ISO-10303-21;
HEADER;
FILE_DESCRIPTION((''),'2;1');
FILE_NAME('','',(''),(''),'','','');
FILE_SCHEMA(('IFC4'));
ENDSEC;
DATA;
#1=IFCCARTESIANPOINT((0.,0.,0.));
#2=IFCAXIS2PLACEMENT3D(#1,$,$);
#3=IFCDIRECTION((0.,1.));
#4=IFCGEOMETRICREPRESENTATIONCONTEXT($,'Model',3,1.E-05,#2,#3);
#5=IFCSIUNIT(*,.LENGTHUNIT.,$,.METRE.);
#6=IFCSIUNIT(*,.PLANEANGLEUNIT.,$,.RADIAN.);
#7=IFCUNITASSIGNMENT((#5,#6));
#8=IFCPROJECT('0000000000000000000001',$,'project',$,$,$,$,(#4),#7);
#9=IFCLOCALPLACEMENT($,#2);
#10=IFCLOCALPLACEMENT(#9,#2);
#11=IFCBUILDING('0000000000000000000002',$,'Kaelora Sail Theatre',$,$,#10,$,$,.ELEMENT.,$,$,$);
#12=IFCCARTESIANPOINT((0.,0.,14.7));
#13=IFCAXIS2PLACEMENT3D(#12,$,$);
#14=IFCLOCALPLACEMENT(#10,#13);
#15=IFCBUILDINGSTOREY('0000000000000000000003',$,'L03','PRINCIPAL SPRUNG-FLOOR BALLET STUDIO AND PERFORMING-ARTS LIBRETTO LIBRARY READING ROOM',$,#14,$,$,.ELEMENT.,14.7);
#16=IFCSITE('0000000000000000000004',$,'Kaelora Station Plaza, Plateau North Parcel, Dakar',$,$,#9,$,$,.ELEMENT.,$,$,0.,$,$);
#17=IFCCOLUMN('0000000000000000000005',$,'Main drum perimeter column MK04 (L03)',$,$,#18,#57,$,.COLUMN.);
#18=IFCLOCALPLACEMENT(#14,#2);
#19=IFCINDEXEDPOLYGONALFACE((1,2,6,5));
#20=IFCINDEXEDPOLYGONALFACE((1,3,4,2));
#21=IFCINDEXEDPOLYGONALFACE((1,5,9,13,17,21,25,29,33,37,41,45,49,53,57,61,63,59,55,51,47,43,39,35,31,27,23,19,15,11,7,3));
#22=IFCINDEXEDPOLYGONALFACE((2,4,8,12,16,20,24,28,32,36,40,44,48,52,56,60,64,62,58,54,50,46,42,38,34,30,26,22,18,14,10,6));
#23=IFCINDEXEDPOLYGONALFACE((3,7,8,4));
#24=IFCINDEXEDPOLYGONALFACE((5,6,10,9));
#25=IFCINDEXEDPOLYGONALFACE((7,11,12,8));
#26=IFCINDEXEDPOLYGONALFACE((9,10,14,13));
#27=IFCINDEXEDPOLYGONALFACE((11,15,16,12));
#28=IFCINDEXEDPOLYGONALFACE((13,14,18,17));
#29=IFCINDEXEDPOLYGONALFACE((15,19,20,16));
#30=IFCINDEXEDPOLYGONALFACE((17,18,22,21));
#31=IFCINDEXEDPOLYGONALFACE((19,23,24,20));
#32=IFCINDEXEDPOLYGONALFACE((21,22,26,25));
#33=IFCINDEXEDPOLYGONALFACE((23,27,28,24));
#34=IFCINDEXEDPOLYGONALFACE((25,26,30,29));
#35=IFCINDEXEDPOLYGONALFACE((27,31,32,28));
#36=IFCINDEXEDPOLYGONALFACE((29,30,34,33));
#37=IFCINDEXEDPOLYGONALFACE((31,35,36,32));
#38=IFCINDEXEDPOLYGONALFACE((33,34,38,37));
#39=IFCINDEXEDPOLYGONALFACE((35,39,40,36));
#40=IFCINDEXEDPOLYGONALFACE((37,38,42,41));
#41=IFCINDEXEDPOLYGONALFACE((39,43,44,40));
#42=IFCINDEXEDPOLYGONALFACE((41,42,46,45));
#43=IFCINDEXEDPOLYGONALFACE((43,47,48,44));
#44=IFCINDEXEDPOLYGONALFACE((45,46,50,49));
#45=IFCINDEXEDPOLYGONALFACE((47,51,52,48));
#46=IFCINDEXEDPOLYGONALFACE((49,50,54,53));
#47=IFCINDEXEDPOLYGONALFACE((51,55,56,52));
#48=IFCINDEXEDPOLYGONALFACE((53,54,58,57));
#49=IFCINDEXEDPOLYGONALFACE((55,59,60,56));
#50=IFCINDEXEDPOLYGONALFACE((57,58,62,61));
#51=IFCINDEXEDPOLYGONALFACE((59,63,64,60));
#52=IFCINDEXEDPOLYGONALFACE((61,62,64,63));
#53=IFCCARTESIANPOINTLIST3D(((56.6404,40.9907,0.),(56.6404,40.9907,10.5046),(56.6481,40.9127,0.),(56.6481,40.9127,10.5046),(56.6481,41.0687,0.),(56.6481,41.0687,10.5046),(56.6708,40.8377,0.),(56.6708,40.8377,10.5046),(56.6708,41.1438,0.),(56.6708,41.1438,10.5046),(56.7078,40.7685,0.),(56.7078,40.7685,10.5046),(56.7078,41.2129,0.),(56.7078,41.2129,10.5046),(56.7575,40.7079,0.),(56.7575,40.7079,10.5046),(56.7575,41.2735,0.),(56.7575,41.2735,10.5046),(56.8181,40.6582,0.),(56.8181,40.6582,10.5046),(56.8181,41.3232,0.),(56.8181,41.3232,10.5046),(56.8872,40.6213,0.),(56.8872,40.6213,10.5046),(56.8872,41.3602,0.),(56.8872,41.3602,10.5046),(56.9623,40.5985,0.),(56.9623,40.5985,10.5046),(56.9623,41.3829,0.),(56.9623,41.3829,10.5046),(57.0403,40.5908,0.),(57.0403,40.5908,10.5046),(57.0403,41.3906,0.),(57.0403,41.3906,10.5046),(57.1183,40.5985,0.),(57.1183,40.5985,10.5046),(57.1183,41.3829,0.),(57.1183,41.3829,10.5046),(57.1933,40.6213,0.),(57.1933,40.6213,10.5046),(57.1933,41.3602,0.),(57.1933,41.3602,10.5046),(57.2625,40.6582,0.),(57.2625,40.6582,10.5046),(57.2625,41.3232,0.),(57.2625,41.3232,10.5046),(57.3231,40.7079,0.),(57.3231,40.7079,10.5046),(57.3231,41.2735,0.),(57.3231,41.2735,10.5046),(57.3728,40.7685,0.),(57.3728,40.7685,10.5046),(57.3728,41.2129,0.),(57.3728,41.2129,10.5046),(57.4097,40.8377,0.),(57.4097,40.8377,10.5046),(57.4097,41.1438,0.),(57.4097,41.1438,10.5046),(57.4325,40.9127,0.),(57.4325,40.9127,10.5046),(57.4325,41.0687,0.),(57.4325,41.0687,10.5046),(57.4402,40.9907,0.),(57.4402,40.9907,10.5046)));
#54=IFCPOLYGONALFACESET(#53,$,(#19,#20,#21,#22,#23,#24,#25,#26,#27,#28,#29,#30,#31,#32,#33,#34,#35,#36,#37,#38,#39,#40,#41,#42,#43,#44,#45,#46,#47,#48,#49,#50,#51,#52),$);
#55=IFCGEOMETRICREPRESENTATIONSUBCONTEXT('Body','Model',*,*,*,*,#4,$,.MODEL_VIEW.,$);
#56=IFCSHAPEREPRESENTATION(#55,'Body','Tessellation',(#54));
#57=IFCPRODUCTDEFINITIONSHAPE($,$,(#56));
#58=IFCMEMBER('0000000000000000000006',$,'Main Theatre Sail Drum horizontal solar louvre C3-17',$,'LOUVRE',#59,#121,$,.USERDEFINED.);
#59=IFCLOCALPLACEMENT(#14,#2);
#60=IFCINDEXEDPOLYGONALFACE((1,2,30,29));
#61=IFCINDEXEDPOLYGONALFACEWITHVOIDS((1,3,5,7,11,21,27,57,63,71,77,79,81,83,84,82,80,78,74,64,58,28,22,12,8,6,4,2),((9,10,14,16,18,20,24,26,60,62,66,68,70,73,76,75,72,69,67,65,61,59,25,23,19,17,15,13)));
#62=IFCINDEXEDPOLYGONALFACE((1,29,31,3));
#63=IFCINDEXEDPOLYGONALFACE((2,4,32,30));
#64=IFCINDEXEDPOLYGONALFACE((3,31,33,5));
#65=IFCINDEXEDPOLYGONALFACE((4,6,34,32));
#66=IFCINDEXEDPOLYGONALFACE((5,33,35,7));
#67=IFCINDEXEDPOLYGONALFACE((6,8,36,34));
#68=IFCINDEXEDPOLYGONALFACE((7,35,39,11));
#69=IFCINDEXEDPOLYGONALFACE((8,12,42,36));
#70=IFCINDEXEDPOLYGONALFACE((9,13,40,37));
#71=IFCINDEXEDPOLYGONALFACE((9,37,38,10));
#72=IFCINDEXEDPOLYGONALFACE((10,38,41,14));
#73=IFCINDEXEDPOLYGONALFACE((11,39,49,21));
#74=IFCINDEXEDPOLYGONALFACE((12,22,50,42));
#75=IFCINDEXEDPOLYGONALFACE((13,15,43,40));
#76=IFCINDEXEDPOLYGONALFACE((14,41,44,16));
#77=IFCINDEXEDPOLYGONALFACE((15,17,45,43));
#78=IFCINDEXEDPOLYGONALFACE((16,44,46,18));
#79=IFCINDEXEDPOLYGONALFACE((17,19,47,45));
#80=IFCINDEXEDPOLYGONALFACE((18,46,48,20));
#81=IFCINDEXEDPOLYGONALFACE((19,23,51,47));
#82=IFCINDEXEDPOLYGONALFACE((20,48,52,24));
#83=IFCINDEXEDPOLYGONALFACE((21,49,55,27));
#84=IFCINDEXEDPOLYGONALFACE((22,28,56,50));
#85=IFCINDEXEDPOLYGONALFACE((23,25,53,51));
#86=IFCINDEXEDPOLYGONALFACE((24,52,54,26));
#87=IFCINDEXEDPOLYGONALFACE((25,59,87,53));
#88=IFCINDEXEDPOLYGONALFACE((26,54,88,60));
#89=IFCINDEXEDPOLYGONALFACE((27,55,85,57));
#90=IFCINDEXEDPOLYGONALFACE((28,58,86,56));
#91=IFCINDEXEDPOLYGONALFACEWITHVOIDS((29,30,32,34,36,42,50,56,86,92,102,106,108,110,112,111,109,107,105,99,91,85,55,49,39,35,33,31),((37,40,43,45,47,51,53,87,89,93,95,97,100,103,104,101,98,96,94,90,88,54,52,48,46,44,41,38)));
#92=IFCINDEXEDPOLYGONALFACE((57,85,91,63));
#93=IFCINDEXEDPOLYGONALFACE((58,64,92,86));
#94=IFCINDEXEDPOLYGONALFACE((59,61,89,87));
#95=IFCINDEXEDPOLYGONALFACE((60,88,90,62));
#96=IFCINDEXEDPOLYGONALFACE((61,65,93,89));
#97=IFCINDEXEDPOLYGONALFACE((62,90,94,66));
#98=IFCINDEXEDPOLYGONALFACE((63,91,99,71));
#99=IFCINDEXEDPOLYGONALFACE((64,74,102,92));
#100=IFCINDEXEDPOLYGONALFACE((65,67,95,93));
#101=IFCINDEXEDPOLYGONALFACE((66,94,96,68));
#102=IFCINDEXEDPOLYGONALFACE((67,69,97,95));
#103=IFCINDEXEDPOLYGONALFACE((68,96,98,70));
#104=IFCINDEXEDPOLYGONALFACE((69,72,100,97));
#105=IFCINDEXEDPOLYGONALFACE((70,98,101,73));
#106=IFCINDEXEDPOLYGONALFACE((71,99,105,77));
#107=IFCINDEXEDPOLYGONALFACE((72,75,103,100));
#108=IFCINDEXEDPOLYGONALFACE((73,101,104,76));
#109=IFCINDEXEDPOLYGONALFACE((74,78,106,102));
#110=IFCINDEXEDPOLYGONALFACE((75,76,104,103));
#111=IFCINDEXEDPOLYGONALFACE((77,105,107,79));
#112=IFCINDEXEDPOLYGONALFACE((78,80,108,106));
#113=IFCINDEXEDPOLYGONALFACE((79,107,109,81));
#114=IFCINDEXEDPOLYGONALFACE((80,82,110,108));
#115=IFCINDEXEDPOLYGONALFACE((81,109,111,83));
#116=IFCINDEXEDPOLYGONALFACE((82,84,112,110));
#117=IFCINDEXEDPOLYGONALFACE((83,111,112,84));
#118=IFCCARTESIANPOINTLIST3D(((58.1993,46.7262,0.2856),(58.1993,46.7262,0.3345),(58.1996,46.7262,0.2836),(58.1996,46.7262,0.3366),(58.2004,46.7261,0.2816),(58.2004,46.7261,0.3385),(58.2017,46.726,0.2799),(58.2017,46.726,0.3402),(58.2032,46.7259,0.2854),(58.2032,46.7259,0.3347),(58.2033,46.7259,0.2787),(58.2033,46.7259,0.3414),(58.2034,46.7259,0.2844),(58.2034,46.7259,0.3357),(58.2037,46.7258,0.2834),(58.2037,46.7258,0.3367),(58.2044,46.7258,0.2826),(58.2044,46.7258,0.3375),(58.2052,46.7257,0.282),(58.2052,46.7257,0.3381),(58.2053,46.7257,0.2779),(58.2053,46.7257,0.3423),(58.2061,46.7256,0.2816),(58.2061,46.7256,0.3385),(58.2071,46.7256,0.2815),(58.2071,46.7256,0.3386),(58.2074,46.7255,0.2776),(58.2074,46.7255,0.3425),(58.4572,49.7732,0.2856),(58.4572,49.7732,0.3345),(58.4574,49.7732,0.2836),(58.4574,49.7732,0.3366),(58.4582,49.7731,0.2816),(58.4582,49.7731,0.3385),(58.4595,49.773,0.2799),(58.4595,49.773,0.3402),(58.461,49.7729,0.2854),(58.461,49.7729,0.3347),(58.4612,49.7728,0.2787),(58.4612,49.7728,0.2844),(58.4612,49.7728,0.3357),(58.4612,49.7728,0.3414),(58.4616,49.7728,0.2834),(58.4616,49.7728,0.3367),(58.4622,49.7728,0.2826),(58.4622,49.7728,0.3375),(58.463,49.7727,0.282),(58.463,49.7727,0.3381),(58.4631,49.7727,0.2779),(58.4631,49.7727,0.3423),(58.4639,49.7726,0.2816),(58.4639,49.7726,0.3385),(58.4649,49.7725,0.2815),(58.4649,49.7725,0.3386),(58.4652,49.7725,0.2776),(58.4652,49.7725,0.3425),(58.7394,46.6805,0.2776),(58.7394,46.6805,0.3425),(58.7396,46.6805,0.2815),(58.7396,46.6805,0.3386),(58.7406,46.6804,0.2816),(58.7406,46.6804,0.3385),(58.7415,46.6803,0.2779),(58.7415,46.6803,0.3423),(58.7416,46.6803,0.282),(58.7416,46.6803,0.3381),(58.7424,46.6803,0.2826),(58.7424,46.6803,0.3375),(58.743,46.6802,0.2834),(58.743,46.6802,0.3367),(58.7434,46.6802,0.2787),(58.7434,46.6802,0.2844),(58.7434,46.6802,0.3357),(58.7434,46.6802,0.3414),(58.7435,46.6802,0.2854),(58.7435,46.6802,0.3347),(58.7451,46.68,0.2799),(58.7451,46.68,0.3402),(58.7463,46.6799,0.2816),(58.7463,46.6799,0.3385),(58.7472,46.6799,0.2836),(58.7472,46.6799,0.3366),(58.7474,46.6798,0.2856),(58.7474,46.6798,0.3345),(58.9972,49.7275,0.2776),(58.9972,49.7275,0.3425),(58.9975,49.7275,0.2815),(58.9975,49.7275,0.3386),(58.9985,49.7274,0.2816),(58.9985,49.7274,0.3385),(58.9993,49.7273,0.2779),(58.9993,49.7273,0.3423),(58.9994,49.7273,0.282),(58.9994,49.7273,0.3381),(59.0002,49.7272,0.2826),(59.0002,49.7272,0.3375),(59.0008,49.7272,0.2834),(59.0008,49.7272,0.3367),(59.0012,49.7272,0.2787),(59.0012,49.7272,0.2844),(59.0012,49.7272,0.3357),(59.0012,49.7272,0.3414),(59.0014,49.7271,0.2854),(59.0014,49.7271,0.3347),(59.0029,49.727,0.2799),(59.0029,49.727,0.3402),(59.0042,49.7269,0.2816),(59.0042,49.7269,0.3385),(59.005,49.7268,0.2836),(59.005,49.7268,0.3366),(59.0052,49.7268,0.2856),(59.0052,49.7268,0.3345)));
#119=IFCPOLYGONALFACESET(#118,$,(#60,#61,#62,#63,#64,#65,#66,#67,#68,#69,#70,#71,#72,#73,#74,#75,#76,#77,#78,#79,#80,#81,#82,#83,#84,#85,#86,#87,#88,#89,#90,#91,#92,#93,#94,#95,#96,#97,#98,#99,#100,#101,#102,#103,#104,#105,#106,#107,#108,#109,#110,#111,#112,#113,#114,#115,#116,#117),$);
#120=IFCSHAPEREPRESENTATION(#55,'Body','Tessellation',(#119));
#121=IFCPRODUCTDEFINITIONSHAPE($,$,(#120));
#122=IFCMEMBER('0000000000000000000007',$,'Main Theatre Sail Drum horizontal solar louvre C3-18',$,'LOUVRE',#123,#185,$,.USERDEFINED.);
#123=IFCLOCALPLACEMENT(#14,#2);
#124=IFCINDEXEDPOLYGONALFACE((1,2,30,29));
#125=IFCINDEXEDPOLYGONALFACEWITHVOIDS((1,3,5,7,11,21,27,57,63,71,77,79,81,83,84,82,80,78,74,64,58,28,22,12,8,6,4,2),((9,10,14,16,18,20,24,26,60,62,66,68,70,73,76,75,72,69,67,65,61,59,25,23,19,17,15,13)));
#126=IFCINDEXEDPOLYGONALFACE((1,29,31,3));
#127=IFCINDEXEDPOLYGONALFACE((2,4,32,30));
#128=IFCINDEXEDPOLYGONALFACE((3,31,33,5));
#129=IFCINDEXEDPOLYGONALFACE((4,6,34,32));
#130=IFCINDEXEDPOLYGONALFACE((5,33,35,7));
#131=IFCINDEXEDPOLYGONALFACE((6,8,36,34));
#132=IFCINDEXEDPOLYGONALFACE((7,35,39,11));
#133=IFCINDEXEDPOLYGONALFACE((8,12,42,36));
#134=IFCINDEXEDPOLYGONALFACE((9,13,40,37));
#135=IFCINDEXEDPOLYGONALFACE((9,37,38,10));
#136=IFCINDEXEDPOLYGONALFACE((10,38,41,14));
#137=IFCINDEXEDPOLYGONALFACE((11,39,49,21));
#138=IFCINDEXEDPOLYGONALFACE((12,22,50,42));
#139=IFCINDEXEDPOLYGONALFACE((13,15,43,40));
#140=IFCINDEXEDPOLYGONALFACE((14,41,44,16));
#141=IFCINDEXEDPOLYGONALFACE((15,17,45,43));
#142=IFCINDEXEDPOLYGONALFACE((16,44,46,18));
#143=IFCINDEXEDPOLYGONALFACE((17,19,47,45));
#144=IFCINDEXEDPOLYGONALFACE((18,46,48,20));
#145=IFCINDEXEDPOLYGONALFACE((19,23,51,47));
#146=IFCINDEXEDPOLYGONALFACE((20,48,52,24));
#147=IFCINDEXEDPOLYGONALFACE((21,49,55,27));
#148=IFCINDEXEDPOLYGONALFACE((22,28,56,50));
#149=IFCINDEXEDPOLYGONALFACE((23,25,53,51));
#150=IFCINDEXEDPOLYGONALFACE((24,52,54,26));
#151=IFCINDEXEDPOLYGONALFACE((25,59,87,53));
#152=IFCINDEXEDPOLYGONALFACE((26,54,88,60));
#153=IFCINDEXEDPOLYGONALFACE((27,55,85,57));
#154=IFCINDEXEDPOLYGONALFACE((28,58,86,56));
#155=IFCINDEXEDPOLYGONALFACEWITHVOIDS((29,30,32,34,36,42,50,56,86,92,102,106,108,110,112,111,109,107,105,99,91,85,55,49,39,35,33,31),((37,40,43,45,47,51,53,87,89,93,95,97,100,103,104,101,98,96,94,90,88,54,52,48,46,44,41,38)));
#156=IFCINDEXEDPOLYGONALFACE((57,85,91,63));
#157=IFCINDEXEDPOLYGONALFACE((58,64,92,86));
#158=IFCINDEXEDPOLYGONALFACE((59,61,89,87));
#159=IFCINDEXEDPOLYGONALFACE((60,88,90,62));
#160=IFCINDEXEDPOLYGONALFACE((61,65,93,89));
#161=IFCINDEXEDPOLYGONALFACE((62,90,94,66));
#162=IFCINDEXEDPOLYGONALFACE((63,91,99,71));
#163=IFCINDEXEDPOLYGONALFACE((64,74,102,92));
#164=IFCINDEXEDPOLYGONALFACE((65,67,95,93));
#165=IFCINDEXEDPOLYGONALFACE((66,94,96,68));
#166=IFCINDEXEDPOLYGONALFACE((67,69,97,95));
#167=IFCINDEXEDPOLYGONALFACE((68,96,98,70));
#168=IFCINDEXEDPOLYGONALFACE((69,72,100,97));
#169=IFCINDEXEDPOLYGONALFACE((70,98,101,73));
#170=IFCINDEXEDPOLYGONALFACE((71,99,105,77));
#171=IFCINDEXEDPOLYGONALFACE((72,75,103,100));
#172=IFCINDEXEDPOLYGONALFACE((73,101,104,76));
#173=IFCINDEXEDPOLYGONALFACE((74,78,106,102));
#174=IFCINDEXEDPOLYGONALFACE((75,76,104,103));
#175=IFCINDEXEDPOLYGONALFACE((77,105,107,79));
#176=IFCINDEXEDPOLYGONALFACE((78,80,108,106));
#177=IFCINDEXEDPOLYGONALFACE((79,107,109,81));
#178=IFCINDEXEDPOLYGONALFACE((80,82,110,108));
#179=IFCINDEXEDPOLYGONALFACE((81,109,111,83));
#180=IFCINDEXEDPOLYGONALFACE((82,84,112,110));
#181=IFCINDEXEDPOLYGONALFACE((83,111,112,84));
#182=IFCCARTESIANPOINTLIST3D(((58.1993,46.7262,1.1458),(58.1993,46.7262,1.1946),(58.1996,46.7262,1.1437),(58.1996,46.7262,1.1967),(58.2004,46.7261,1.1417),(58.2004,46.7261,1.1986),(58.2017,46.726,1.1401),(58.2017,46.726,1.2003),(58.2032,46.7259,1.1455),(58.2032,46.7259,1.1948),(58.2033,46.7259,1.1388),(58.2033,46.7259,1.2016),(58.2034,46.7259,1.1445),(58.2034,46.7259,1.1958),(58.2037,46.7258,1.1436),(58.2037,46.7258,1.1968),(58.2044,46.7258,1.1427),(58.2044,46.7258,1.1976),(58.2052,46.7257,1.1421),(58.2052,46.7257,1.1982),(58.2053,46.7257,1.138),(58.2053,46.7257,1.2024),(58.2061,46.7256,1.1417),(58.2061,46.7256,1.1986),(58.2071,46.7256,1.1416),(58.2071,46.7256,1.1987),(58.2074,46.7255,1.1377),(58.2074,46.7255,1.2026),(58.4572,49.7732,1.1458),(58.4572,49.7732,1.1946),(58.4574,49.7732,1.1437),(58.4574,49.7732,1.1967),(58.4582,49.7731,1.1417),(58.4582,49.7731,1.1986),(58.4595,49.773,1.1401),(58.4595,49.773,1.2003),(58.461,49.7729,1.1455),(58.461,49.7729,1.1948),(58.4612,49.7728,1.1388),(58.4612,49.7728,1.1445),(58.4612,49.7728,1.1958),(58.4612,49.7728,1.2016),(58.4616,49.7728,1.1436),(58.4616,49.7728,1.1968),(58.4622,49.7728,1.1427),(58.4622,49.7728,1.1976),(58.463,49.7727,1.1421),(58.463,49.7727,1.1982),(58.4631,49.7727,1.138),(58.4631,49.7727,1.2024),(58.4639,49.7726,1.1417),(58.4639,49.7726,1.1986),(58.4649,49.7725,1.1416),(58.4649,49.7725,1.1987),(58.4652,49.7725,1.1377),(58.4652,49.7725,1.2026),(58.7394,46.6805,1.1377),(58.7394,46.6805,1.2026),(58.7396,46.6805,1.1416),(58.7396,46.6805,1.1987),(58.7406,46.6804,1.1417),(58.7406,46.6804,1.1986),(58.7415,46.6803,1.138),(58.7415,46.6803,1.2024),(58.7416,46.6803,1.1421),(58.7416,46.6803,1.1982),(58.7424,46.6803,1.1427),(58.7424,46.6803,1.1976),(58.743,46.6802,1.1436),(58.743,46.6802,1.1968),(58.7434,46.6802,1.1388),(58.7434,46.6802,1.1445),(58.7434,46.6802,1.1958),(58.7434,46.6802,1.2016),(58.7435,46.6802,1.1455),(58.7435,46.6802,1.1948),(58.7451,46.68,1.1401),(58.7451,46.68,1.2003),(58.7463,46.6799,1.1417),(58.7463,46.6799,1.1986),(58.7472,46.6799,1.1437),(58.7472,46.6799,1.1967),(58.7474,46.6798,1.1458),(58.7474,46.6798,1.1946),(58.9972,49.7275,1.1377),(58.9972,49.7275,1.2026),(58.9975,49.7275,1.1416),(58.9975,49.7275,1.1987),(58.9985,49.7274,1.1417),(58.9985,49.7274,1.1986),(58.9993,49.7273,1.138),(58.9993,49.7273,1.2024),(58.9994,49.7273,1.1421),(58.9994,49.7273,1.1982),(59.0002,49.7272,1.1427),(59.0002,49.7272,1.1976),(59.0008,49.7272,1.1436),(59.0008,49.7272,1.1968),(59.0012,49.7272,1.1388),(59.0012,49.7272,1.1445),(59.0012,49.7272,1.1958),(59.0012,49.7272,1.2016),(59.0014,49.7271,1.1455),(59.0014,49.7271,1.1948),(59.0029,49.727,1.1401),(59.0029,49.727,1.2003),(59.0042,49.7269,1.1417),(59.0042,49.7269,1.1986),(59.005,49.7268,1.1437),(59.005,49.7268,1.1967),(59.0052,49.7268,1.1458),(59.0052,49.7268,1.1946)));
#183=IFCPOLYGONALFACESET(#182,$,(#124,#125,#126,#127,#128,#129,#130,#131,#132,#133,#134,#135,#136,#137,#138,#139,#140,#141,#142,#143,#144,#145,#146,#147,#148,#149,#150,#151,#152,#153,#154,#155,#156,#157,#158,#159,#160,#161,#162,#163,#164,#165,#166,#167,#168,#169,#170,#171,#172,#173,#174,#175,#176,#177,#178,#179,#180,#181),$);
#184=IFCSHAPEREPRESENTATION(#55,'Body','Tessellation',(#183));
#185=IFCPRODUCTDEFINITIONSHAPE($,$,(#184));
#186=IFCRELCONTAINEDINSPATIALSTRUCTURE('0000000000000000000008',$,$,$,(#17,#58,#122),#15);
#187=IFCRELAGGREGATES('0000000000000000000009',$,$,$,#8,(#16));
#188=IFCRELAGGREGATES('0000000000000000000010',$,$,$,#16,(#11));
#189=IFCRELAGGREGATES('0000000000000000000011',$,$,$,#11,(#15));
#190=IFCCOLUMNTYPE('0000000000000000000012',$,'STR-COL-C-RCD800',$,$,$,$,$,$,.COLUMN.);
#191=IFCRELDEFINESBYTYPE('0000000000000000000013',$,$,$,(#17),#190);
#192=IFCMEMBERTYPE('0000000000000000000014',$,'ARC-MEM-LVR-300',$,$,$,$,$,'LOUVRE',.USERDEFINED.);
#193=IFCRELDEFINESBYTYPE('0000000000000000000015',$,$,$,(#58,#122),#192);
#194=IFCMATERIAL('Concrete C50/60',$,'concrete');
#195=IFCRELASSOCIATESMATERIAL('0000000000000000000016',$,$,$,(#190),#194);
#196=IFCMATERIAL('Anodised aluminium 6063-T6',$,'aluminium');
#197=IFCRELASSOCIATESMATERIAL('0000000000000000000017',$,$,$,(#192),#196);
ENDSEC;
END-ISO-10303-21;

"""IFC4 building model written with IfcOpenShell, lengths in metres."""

from ifc_helpers import new_model, si_unit, direction, frame, origin, origin_2d, place, context, subcontext, project, spatial, hollow_rectangle, circle, extrude, material, material_profile, profile_set, type_object, element, save


model = new_model("IFC4")

# Units and contexts
model_context = context("Model", 3, precision=1e-05, world=origin(), true_north=direction((0.0, 1.0)))
body_context = subcontext(model_context, "Body", "Model", "MODEL_VIEW")
ifc_project = project(units=[si_unit("LENGTHUNIT", "METRE"), si_unit("PLANEANGLEUNIT", "RADIAN")], contexts=[model_context])

# Site, building, storey
site_placement = place(None, origin())
site = spatial("IfcSite", under=ifc_project, at=site_placement, Name="Kaelora Station Plaza, Plateau North Parcel, Dakar", CompositionType="ELEMENT", RefElevation=0.0)
building_placement = place(site_placement, origin())
building = spatial("IfcBuilding", under=site, at=building_placement, Name="Kaelora Sail Theatre", CompositionType="ELEMENT")
storey_placement = place(building_placement, frame((0.0, 0.0, 14.7)))
storey = spatial("IfcBuildingStorey", under=building, at=storey_placement, Name="L03", Description="PRINCIPAL SPRUNG-FLOOR BALLET STUDIO AND PERFORMING-ARTS LIBRETTO LIBRARY READING ROOM", CompositionType="ELEMENT", Elevation=14.7)

# Column
ifc_material_1 = material(Name="Concrete C50/60", Category="concrete")
ifc_material_profile_1 = material_profile(ifc_material_1, circle(Radius=0.3999, at=origin_2d()), Name="RC-CCOL D800")
ifc_profile_set_1 = profile_set([ifc_material_profile_1], Name="Concrete C50/60")
column_type = type_object("IfcColumnType", Name="STR-COL-C-RCD800", PredefinedType="COLUMN", material=ifc_profile_set_1)
column_placement = place(storey_placement, frame((57.0403, 40.9907, 0.0), z_axis=(0.0, 0.0, 1.0), x_axis=(1.0, 0.0, 0.0)))
element("IfcColumn", 1, at=column_placement, inside=storey, type_object=column_type, Name="Main drum perimeter column MK04 (L03)", PredefinedType="COLUMN", context=body_context, shape_type="SweptSolid", body=[
    extrude(circle(Radius=0.3999, at=origin_2d()), origin(), (0.0, 0.0, 1.0), 10.5046),
])

# Members
ifc_material_2 = material(Name="Anodised aluminium 6063-T6", Category="aluminium")
ifc_material_profile_2 = material_profile(ifc_material_2, hollow_rectangle(XDim=0.55, YDim=0.0649, WallThickness=0.0039, InnerFilletRadius=0.0039, OuterFilletRadius=0.0081, at=origin_2d()), Name="LOUVRE 550x65x4")
ifc_profile_set_2 = profile_set([ifc_material_profile_2], Name="Anodised aluminium 6063-T6")
member_type = type_object("IfcMemberType", Name="ARC-MEM-LVR-300", ElementType="LOUVRE", PredefinedType="USERDEFINED", material=ifc_profile_set_2)
for number, where, z_axis, x_axis, name in (
    (2, (58.7312, 49.75, 0.3101), (-0.084314, -0.996439, 0.0), (0.996439, -0.084314, 0.0), "Main Theatre Sail Drum horizontal solar louvre C3-17"),
    (3, (58.7312, 49.75, 1.1702), (-0.084314, -0.996439, 0.0), (0.996439, -0.084314, 0.0), "Main Theatre Sail Drum horizontal solar louvre C3-18"),
):
    element("IfcMember", number, at=place(storey_placement, frame(where, z_axis=z_axis, x_axis=x_axis)), inside=storey, type_object=member_type, Name=name, ObjectType="LOUVRE", PredefinedType="USERDEFINED", context=body_context, shape_type="SweptSolid", body=[
        extrude(hollow_rectangle(XDim=0.55, YDim=0.0649, WallThickness=0.0039, InnerFilletRadius=0.0039, OuterFilletRadius=0.0081, at=origin_2d()), origin(), (0.0, 0.0, 1.0), 3.0579),
    ])

save(model, "model.ifc")
